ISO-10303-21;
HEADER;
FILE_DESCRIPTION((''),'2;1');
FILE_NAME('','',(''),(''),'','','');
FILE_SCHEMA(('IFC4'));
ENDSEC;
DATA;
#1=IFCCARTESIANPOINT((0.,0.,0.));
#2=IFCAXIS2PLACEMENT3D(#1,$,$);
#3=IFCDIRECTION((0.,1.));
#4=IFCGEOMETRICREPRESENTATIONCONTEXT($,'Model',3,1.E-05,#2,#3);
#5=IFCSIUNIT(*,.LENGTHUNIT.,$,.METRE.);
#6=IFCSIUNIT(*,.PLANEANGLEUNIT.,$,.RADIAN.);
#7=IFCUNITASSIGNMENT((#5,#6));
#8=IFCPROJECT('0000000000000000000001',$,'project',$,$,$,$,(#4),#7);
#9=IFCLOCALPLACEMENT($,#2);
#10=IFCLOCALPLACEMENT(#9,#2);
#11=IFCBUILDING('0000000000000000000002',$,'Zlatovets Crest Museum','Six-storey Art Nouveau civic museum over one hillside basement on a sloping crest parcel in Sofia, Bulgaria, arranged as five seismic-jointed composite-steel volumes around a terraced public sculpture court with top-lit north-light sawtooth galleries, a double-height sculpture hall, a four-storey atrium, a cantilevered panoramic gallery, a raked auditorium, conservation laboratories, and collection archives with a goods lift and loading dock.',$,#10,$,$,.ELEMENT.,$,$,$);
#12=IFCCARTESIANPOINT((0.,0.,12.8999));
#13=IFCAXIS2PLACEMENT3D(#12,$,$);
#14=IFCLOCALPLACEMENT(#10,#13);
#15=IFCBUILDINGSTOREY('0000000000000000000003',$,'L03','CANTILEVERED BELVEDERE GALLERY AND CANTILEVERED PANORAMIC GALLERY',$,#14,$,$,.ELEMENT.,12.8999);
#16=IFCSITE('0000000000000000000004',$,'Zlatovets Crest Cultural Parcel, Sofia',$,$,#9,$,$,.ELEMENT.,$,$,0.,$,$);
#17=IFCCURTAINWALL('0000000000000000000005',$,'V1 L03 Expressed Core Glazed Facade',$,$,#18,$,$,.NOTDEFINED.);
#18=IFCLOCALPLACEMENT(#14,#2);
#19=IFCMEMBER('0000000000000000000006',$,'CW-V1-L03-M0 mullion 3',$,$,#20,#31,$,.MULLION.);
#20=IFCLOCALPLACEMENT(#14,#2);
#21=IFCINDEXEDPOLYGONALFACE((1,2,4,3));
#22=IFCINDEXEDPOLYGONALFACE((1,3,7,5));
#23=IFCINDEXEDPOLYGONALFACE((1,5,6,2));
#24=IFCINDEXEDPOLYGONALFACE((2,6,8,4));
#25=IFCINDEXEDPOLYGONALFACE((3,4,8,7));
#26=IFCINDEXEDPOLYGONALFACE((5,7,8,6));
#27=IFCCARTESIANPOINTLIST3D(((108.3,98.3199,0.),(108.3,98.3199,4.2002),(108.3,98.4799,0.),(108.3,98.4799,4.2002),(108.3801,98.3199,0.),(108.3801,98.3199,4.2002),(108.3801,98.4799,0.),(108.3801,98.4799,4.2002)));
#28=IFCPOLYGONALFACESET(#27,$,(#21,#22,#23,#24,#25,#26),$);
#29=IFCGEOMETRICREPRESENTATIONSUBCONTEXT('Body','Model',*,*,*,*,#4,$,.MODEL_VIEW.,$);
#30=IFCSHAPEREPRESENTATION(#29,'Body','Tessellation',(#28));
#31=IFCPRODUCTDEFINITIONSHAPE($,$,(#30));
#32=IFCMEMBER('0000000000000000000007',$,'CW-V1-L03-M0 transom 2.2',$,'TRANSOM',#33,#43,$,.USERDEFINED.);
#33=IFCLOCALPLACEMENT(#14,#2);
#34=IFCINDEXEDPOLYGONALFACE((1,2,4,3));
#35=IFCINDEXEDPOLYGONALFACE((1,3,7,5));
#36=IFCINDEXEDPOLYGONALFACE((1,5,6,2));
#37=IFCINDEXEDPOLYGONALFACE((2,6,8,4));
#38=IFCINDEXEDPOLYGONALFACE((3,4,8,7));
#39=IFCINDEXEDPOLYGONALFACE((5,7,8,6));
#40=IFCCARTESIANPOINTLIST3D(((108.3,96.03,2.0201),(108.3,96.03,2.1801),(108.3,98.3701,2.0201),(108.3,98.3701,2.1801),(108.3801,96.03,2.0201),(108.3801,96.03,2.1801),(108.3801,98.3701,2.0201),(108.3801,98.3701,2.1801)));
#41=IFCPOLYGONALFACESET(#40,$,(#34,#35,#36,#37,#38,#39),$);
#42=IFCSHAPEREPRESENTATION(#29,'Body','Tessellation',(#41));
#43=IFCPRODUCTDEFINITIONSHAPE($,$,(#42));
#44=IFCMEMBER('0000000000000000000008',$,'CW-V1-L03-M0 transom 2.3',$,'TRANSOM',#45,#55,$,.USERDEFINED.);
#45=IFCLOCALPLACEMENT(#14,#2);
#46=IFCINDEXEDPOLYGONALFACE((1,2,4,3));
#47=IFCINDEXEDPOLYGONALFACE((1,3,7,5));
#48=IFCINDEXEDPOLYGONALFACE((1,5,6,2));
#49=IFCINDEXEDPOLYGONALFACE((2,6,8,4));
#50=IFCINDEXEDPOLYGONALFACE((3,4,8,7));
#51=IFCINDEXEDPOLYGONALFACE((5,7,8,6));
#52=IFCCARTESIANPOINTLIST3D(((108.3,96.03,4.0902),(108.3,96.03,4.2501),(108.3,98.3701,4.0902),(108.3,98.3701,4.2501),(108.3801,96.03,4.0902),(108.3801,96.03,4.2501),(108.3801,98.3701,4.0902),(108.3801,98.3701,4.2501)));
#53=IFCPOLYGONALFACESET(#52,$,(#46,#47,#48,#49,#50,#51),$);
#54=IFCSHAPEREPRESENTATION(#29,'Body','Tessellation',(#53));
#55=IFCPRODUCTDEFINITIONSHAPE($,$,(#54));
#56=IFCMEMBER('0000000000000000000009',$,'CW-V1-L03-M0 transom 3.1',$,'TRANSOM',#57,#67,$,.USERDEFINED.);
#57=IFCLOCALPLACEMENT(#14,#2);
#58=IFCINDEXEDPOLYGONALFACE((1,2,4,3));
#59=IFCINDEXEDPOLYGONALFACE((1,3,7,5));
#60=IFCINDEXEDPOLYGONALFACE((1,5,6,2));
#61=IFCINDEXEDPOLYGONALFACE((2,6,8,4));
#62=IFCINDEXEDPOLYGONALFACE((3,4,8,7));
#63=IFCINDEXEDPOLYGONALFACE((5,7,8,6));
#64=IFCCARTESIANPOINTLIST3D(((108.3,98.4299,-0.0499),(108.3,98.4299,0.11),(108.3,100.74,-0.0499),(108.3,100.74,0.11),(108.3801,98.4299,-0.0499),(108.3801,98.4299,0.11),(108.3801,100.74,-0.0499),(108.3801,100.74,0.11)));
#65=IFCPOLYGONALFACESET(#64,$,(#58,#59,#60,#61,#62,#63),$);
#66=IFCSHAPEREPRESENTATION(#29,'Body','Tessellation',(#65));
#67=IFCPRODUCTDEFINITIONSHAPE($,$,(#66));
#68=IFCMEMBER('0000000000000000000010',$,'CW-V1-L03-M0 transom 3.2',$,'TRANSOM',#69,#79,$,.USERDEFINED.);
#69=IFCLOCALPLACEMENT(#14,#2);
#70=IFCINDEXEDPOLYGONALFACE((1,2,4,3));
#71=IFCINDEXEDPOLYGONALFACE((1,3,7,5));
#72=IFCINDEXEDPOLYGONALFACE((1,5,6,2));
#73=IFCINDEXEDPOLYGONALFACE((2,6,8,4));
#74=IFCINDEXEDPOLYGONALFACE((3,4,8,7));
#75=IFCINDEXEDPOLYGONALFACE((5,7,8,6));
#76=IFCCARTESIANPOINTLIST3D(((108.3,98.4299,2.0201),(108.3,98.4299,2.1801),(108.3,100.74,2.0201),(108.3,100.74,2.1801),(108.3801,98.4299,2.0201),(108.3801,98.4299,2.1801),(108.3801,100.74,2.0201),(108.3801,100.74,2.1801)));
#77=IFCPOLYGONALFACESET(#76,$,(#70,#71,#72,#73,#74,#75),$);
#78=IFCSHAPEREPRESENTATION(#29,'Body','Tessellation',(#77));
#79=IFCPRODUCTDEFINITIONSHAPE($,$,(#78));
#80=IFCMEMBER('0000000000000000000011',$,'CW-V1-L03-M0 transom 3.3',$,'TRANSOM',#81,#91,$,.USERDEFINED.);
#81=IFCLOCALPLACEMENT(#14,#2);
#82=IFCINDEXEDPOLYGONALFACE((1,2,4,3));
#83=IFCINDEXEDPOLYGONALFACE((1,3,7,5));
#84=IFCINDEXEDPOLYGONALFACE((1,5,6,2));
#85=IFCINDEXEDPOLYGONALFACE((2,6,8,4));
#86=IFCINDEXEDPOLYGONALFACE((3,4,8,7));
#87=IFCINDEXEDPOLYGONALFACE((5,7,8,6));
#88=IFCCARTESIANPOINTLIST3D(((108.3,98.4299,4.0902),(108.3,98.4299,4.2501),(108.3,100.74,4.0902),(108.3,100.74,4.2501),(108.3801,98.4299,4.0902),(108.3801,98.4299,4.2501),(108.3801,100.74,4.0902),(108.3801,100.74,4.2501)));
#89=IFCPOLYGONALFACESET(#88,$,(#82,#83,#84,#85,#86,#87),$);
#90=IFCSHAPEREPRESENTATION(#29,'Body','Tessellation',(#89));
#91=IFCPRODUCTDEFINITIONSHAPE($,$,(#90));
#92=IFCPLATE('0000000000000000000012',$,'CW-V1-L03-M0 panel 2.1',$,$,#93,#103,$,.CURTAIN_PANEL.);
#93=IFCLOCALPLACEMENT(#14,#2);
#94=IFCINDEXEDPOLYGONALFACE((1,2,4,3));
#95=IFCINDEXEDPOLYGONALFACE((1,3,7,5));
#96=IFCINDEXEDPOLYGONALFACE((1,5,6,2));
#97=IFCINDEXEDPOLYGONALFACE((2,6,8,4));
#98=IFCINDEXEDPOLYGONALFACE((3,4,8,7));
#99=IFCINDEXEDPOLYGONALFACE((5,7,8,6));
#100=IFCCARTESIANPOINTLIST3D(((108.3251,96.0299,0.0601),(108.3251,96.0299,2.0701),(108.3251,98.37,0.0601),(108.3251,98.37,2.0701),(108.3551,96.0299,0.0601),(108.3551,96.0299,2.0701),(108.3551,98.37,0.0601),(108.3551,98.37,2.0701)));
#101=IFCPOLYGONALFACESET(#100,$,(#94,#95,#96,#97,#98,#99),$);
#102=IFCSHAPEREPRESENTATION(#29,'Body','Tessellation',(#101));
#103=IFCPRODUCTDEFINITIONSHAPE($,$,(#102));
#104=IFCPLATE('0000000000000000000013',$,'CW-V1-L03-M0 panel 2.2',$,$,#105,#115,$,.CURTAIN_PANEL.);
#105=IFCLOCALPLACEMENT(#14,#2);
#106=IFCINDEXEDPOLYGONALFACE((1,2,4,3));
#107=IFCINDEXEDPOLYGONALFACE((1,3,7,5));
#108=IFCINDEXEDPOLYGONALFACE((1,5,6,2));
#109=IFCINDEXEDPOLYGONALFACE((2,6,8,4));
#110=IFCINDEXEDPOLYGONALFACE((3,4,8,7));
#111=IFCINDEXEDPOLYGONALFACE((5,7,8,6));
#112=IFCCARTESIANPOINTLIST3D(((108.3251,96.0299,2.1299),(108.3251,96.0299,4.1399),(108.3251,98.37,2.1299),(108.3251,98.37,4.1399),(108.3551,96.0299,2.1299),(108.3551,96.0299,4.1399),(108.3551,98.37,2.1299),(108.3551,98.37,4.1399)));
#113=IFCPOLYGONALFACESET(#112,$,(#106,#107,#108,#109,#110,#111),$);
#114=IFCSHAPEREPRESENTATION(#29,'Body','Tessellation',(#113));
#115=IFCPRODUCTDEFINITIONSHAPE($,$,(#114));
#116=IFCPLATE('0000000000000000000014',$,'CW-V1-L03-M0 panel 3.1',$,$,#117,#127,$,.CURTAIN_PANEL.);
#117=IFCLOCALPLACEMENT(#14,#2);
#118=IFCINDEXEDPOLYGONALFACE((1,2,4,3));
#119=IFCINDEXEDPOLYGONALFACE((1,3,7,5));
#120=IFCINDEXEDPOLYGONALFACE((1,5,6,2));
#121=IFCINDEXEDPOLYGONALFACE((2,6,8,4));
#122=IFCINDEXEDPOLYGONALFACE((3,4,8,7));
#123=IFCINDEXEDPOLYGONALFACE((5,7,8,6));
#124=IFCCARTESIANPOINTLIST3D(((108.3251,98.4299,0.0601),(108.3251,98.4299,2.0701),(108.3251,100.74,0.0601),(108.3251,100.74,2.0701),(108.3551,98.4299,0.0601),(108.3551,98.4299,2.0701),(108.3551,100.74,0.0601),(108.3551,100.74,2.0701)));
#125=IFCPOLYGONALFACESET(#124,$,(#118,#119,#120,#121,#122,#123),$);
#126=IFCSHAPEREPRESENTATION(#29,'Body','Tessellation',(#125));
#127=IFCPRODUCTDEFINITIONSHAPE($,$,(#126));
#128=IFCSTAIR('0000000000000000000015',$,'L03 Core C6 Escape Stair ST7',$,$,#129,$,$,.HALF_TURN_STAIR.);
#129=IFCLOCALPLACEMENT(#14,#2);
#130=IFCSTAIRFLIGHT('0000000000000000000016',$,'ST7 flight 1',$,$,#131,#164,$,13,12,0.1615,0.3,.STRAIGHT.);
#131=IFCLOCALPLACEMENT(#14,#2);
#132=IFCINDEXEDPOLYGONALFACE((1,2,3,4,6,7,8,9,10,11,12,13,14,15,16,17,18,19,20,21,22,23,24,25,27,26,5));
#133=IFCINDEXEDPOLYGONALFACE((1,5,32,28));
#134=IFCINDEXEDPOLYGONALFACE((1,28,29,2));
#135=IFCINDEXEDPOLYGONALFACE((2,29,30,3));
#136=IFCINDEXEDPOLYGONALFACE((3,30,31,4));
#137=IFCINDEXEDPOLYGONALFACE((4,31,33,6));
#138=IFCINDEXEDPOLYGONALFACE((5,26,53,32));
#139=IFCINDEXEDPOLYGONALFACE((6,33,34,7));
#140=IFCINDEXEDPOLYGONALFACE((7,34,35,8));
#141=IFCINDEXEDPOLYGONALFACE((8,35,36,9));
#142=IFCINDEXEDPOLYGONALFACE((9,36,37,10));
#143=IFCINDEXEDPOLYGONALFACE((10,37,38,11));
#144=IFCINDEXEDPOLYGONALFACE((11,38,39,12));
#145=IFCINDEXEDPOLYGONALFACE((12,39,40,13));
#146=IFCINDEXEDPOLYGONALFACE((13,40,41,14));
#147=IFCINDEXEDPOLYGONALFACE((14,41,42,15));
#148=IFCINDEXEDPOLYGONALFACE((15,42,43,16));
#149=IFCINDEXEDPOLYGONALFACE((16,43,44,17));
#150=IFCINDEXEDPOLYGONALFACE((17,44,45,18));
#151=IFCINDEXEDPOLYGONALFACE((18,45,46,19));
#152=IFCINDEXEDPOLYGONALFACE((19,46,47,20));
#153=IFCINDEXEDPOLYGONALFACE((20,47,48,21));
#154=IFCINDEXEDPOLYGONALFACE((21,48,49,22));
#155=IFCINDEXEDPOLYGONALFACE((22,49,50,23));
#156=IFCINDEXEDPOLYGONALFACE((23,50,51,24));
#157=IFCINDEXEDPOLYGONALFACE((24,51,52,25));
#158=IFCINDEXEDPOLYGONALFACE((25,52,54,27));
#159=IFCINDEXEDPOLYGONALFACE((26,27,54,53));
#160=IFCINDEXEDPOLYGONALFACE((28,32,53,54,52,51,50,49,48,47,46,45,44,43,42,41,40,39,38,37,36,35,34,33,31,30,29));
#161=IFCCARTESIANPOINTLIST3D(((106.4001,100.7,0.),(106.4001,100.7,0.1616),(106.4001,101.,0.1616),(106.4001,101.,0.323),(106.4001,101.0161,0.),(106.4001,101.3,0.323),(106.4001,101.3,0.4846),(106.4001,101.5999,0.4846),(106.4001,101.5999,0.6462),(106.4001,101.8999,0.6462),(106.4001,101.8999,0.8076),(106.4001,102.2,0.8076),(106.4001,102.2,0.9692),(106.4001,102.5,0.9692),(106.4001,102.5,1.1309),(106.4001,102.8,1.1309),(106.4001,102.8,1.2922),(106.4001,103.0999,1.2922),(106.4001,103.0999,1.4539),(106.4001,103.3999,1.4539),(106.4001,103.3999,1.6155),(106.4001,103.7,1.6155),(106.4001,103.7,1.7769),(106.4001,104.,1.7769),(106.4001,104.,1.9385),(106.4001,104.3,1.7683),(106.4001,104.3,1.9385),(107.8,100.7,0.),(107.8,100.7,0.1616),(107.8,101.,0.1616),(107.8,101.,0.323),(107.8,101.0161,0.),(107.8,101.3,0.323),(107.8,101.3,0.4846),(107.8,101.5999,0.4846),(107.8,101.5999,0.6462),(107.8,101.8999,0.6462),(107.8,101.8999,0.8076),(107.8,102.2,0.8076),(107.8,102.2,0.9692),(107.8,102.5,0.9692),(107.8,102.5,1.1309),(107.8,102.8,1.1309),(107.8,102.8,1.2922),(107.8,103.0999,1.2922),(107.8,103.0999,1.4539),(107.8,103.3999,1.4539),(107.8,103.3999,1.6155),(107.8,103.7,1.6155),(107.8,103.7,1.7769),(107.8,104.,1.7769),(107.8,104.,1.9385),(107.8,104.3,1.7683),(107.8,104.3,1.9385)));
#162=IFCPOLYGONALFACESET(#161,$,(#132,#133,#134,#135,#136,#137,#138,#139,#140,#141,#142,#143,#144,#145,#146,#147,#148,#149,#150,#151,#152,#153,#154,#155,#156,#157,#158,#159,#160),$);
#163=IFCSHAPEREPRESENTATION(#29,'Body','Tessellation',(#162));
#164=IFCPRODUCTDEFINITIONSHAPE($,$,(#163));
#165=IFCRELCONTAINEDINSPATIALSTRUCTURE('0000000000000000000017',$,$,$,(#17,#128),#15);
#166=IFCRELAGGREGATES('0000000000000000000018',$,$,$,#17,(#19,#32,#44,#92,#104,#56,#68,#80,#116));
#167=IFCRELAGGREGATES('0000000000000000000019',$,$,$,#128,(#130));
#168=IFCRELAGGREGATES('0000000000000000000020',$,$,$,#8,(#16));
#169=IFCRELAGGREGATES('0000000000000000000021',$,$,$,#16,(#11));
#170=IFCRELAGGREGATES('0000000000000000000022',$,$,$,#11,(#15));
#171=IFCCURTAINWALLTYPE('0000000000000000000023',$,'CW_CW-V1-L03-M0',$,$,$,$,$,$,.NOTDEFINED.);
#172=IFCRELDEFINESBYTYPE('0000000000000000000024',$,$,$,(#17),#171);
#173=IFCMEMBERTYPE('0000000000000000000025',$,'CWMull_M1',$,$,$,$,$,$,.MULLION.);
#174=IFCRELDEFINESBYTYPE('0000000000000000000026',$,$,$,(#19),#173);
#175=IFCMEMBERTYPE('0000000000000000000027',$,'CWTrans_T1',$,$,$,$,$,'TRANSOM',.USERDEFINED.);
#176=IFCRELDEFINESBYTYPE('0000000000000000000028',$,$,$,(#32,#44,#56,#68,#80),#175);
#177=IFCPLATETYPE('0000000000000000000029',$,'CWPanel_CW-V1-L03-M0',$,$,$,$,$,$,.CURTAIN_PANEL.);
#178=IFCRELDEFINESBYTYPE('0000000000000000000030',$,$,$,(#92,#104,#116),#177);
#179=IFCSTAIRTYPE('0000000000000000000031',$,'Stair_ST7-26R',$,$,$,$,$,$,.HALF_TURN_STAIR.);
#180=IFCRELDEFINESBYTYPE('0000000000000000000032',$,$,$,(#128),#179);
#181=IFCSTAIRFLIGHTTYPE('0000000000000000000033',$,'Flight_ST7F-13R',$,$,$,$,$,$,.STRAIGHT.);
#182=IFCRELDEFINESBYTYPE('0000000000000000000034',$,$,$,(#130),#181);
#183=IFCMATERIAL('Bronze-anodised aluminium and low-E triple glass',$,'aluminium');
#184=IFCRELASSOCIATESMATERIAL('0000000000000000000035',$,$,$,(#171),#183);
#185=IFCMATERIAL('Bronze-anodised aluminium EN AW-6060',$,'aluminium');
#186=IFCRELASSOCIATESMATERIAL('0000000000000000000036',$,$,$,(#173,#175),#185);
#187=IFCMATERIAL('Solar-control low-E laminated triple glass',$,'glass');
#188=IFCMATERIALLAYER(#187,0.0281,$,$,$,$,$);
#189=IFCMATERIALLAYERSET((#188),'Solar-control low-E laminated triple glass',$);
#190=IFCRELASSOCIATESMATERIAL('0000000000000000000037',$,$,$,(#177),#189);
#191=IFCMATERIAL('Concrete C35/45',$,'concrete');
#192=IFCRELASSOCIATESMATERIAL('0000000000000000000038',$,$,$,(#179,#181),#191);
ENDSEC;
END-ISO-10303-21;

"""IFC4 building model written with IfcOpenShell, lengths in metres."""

from ifc_helpers import new_model, si_unit, direction, frame, origin, origin_2d, place, context, subcontext, project, spatial, polyline, rectangle, outline, extrude, material, layer, layer_set, material_profile, profile_set, type_object, element, aggregate, save


model = new_model("IFC4")

# Units and contexts
model_context = context("Model", 3, precision=1e-05, world=origin(), true_north=direction((0.0, 1.0)))
body_context = subcontext(model_context, "Body", "Model", "MODEL_VIEW")
ifc_project = project(units=[si_unit("LENGTHUNIT", "METRE"), si_unit("PLANEANGLEUNIT", "RADIAN")], contexts=[model_context])

# Site, building, storey
site_placement = place(None, origin())
site = spatial("IfcSite", under=ifc_project, at=site_placement, Name="Zlatovets Crest Cultural Parcel, Sofia", CompositionType="ELEMENT", RefElevation=0.0)
building_placement = place(site_placement, origin())
building = spatial("IfcBuilding", under=site, at=building_placement, Name="Zlatovets Crest Museum", Description="Six-storey Art Nouveau civic museum over one hillside basement on a sloping crest parcel in Sofia, Bulgaria, arranged as five seismic-jointed composite-steel volumes around a terraced public sculpture court with top-lit north-light sawtooth galleries, a double-height sculpture hall, a four-storey atrium, a cantilevered panoramic gallery, a raked auditorium, conservation laboratories, and collection archives with a goods lift and loading dock.", CompositionType="ELEMENT")
storey_placement = place(building_placement, frame((0.0, 0.0, 12.8999)))
storey = spatial("IfcBuildingStorey", under=building, at=storey_placement, Name="L03", Description="CANTILEVERED BELVEDERE GALLERY AND CANTILEVERED PANORAMIC GALLERY", CompositionType="ELEMENT", Elevation=12.8999)

# Curtain wall, members, plates
ifc_material_1 = material(Name="Bronze-anodised aluminium and low-E triple glass", Category="aluminium")
curtain_wall_type = type_object("IfcCurtainWallType", Name="CW_CW-V1-L03-M0", PredefinedType="NOTDEFINED", material=ifc_material_1)
curtain_wall_placement = place(storey_placement, origin())
curtain_wall = element("IfcCurtainWall", 1, at=curtain_wall_placement, inside=storey, type_object=curtain_wall_type, Name="V1 L03 Expressed Core Glazed Facade", PredefinedType="NOTDEFINED")
ifc_material_2 = material(Name="Bronze-anodised aluminium EN AW-6060", Category="aluminium")
ifc_material_profile_1 = material_profile(ifc_material_2, rectangle(XDim=0.0801, YDim=0.1599, at=origin_2d()), Name="ALU 80x160")
ifc_profile_set_1 = profile_set([ifc_material_profile_1], Name="Bronze-anodised aluminium EN AW-6060")
member_type_1 = type_object("IfcMemberType", Name="CWMull_M1", PredefinedType="MULLION", material=ifc_profile_set_1)
member_1_placement = place(storey_placement, frame((108.3401, 98.3999, 0.0), z_axis=(0.0, 0.0, 1.0), x_axis=(-1.0, 0.0, 0.0)))
member_1 = element("IfcMember", 2, at=member_1_placement, type_object=member_type_1, Name="CW-V1-L03-M0 mullion 3", PredefinedType="MULLION", context=body_context, shape_type="SweptSolid", body=[
    extrude(rectangle(XDim=0.0801, YDim=0.1599, at=origin_2d()), origin(), (0.0, 0.0, 1.0), 4.2002),
])
ifc_material_profile_2 = material_profile(ifc_material_2, rectangle(XDim=0.0801, YDim=0.1599, at=origin_2d()), Name="ALU 80x160")
ifc_profile_set_2 = profile_set([ifc_material_profile_2], Name="Bronze-anodised aluminium EN AW-6060")
member_type_2 = type_object("IfcMemberType", Name="CWTrans_T1", ElementType="TRANSOM", PredefinedType="USERDEFINED", material=ifc_profile_set_2)
member_2_placement = place(storey_placement, frame((108.3401, 96.03, 2.1001), z_axis=(0.0, 1.0, 0.0), x_axis=(-1.0, 0.0, 0.0)))
member_2 = element("IfcMember", 3, at=member_2_placement, type_object=member_type_2, Name="CW-V1-L03-M0 transom 2.2", ObjectType="TRANSOM", PredefinedType="USERDEFINED", context=body_context, shape_type="SweptSolid", body=[
    extrude(rectangle(XDim=0.0801, YDim=0.1599, at=origin_2d()), origin(), (0.0, 0.0, 1.0), 2.3401),
])
member_3_placement = place(storey_placement, frame((108.3401, 96.03, 4.1702), z_axis=(0.0, 1.0, 0.0), x_axis=(-1.0, 0.0, 0.0)))
member_3 = element("IfcMember", 4, at=member_3_placement, type_object=member_type_2, Name="CW-V1-L03-M0 transom 2.3", ObjectType="TRANSOM", PredefinedType="USERDEFINED", context=body_context, shape_type="SweptSolid", body=[
    extrude(rectangle(XDim=0.0801, YDim=0.1599, at=origin_2d()), origin(), (0.0, 0.0, 1.0), 2.3401),
])
member_4_placement = place(storey_placement, frame((108.3401, 98.4299, 0.03), z_axis=(0.0, 1.0, 0.0), x_axis=(-1.0, 0.0, 0.0)))
member_4 = element("IfcMember", 5, at=member_4_placement, type_object=member_type_2, Name="CW-V1-L03-M0 transom 3.1", ObjectType="TRANSOM", PredefinedType="USERDEFINED", context=body_context, shape_type="SweptSolid", body=[
    extrude(rectangle(XDim=0.0801, YDim=0.1599, at=origin_2d()), origin(), (0.0, 0.0, 1.0), 2.3101),
])
member_5_placement = place(storey_placement, frame((108.3401, 98.4299, 2.1001), z_axis=(0.0, 1.0, 0.0), x_axis=(-1.0, 0.0, 0.0)))
member_5 = element("IfcMember", 6, at=member_5_placement, type_object=member_type_2, Name="CW-V1-L03-M0 transom 3.2", ObjectType="TRANSOM", PredefinedType="USERDEFINED", context=body_context, shape_type="SweptSolid", body=[
    extrude(rectangle(XDim=0.0801, YDim=0.1599, at=origin_2d()), origin(), (0.0, 0.0, 1.0), 2.3101),
])
member_6_placement = place(storey_placement, frame((108.3401, 98.4299, 4.1702), z_axis=(0.0, 1.0, 0.0), x_axis=(-1.0, 0.0, 0.0)))
member_6 = element("IfcMember", 7, at=member_6_placement, type_object=member_type_2, Name="CW-V1-L03-M0 transom 3.3", ObjectType="TRANSOM", PredefinedType="USERDEFINED", context=body_context, shape_type="SweptSolid", body=[
    extrude(rectangle(XDim=0.0801, YDim=0.1599, at=origin_2d()), origin(), (0.0, 0.0, 1.0), 2.3101),
])
ifc_material_3 = material(Name="Solar-control low-E laminated triple glass", Category="glass")
ifc_layer = layer(ifc_material_3, 0.0281)
ifc_layer_set = layer_set([ifc_layer], Name="Solar-control low-E laminated triple glass")
plate_type = type_object("IfcPlateType", Name="CWPanel_CW-V1-L03-M0", PredefinedType="CURTAIN_PANEL", material=ifc_layer_set)
plate_1_placement = place(storey_placement, frame((108.3401, 97.2, 0.0601), z_axis=(0.0, 0.0, 1.0), x_axis=(0.0, 1.0, 0.0)))
plate_1 = element("IfcPlate", 8, at=plate_1_placement, type_object=plate_type, Name="CW-V1-L03-M0 panel 2.1", PredefinedType="CURTAIN_PANEL", context=body_context, shape_type="SweptSolid", body=[
    extrude(rectangle(XDim=2.3401, YDim=0.03, at=origin_2d()), origin(), (0.0, 0.0, 1.0), 2.01),
])
plate_2_placement = place(storey_placement, frame((108.3401, 97.2, 2.1299), z_axis=(0.0, 0.0, 1.0), x_axis=(0.0, 1.0, 0.0)))
plate_2 = element("IfcPlate", 9, at=plate_2_placement, type_object=plate_type, Name="CW-V1-L03-M0 panel 2.2", PredefinedType="CURTAIN_PANEL", context=body_context, shape_type="SweptSolid", body=[
    extrude(rectangle(XDim=2.3401, YDim=0.03, at=origin_2d()), origin(), (0.0, 0.0, 1.0), 2.01),
])
plate_3_placement = place(storey_placement, frame((108.3401, 99.585, 0.0601), z_axis=(0.0, 0.0, 1.0), x_axis=(0.0, 1.0, 0.0)))
plate_3 = element("IfcPlate", 10, at=plate_3_placement, type_object=plate_type, Name="CW-V1-L03-M0 panel 3.1", PredefinedType="CURTAIN_PANEL", context=body_context, shape_type="SweptSolid", body=[
    extrude(rectangle(XDim=2.3101, YDim=0.03, at=origin_2d()), origin(), (0.0, 0.0, 1.0), 2.01),
])
aggregate(curtain_wall, [member_1, member_2, member_3, plate_1, plate_2, member_4, member_5, member_6, plate_3])

# Stair, stair flight
ifc_material_4 = material(Name="Concrete C35/45", Category="concrete")
stair_type = type_object("IfcStairType", Name="Stair_ST7-26R", PredefinedType="HALF_TURN_STAIR", material=ifc_material_4)
stair_placement = place(storey_placement, origin())
stair = element("IfcStair", 11, at=stair_placement, inside=storey, type_object=stair_type, Name="L03 Core C6 Escape Stair ST7", PredefinedType="HALF_TURN_STAIR")
stair_flight_type = type_object("IfcStairFlightType", Name="Flight_ST7F-13R", PredefinedType="STRAIGHT", material=ifc_material_4)
stair_flight_1_placement = place(storey_placement, frame((107.1001, 100.7, 0.0), z_axis=(0.0, 0.0, 1.0), x_axis=(0.0, 1.0, 0.0)))
stair_flight_1 = element("IfcStairFlight", 12, at=stair_flight_1_placement, type_object=stair_flight_type, Name="ST7 flight 1", NumberOfRisers=13, NumberOfTreads=12, PredefinedType="STRAIGHT", RiserHeight=0.1615, TreadLength=0.3, context=body_context, shape_type="SweptSolid", body=[
    extrude(outline(polyline([(0.0, 0.0), (0.0, 0.1616), (0.3, 0.1616), (0.3, 0.323), (0.6001, 0.323), (0.6001, 0.4846), (0.8999, 0.4846), (0.8999, 0.6462), (1.2, 0.6462), (1.2, 0.8076), (1.5, 0.8076), (1.5, 0.9692), (1.8, 0.9692), (1.8, 1.1309), (2.1001, 1.1309), (2.1001, 1.2922), (2.3999, 1.2922), (2.3999, 1.4539), (2.7, 1.4539), (2.7, 1.6155), (3.0, 1.6155), (3.0, 1.7769), (3.3, 1.7769), (3.3, 1.9385), (3.6001, 1.9385), (3.6001, 2.1001), (3.6001, 1.7683), (0.3162, 0.0), (0.0, 0.0)])), frame((0.0, 0.7, 0.0), z_axis=(0.0, -1.0, 0.0), x_axis=(1.0, 0.0, 0.0)), (0.0, 0.0, 1.0), 1.3999),
])
aggregate(stair, [stair_flight_1])

save(model, "model.ifc")
